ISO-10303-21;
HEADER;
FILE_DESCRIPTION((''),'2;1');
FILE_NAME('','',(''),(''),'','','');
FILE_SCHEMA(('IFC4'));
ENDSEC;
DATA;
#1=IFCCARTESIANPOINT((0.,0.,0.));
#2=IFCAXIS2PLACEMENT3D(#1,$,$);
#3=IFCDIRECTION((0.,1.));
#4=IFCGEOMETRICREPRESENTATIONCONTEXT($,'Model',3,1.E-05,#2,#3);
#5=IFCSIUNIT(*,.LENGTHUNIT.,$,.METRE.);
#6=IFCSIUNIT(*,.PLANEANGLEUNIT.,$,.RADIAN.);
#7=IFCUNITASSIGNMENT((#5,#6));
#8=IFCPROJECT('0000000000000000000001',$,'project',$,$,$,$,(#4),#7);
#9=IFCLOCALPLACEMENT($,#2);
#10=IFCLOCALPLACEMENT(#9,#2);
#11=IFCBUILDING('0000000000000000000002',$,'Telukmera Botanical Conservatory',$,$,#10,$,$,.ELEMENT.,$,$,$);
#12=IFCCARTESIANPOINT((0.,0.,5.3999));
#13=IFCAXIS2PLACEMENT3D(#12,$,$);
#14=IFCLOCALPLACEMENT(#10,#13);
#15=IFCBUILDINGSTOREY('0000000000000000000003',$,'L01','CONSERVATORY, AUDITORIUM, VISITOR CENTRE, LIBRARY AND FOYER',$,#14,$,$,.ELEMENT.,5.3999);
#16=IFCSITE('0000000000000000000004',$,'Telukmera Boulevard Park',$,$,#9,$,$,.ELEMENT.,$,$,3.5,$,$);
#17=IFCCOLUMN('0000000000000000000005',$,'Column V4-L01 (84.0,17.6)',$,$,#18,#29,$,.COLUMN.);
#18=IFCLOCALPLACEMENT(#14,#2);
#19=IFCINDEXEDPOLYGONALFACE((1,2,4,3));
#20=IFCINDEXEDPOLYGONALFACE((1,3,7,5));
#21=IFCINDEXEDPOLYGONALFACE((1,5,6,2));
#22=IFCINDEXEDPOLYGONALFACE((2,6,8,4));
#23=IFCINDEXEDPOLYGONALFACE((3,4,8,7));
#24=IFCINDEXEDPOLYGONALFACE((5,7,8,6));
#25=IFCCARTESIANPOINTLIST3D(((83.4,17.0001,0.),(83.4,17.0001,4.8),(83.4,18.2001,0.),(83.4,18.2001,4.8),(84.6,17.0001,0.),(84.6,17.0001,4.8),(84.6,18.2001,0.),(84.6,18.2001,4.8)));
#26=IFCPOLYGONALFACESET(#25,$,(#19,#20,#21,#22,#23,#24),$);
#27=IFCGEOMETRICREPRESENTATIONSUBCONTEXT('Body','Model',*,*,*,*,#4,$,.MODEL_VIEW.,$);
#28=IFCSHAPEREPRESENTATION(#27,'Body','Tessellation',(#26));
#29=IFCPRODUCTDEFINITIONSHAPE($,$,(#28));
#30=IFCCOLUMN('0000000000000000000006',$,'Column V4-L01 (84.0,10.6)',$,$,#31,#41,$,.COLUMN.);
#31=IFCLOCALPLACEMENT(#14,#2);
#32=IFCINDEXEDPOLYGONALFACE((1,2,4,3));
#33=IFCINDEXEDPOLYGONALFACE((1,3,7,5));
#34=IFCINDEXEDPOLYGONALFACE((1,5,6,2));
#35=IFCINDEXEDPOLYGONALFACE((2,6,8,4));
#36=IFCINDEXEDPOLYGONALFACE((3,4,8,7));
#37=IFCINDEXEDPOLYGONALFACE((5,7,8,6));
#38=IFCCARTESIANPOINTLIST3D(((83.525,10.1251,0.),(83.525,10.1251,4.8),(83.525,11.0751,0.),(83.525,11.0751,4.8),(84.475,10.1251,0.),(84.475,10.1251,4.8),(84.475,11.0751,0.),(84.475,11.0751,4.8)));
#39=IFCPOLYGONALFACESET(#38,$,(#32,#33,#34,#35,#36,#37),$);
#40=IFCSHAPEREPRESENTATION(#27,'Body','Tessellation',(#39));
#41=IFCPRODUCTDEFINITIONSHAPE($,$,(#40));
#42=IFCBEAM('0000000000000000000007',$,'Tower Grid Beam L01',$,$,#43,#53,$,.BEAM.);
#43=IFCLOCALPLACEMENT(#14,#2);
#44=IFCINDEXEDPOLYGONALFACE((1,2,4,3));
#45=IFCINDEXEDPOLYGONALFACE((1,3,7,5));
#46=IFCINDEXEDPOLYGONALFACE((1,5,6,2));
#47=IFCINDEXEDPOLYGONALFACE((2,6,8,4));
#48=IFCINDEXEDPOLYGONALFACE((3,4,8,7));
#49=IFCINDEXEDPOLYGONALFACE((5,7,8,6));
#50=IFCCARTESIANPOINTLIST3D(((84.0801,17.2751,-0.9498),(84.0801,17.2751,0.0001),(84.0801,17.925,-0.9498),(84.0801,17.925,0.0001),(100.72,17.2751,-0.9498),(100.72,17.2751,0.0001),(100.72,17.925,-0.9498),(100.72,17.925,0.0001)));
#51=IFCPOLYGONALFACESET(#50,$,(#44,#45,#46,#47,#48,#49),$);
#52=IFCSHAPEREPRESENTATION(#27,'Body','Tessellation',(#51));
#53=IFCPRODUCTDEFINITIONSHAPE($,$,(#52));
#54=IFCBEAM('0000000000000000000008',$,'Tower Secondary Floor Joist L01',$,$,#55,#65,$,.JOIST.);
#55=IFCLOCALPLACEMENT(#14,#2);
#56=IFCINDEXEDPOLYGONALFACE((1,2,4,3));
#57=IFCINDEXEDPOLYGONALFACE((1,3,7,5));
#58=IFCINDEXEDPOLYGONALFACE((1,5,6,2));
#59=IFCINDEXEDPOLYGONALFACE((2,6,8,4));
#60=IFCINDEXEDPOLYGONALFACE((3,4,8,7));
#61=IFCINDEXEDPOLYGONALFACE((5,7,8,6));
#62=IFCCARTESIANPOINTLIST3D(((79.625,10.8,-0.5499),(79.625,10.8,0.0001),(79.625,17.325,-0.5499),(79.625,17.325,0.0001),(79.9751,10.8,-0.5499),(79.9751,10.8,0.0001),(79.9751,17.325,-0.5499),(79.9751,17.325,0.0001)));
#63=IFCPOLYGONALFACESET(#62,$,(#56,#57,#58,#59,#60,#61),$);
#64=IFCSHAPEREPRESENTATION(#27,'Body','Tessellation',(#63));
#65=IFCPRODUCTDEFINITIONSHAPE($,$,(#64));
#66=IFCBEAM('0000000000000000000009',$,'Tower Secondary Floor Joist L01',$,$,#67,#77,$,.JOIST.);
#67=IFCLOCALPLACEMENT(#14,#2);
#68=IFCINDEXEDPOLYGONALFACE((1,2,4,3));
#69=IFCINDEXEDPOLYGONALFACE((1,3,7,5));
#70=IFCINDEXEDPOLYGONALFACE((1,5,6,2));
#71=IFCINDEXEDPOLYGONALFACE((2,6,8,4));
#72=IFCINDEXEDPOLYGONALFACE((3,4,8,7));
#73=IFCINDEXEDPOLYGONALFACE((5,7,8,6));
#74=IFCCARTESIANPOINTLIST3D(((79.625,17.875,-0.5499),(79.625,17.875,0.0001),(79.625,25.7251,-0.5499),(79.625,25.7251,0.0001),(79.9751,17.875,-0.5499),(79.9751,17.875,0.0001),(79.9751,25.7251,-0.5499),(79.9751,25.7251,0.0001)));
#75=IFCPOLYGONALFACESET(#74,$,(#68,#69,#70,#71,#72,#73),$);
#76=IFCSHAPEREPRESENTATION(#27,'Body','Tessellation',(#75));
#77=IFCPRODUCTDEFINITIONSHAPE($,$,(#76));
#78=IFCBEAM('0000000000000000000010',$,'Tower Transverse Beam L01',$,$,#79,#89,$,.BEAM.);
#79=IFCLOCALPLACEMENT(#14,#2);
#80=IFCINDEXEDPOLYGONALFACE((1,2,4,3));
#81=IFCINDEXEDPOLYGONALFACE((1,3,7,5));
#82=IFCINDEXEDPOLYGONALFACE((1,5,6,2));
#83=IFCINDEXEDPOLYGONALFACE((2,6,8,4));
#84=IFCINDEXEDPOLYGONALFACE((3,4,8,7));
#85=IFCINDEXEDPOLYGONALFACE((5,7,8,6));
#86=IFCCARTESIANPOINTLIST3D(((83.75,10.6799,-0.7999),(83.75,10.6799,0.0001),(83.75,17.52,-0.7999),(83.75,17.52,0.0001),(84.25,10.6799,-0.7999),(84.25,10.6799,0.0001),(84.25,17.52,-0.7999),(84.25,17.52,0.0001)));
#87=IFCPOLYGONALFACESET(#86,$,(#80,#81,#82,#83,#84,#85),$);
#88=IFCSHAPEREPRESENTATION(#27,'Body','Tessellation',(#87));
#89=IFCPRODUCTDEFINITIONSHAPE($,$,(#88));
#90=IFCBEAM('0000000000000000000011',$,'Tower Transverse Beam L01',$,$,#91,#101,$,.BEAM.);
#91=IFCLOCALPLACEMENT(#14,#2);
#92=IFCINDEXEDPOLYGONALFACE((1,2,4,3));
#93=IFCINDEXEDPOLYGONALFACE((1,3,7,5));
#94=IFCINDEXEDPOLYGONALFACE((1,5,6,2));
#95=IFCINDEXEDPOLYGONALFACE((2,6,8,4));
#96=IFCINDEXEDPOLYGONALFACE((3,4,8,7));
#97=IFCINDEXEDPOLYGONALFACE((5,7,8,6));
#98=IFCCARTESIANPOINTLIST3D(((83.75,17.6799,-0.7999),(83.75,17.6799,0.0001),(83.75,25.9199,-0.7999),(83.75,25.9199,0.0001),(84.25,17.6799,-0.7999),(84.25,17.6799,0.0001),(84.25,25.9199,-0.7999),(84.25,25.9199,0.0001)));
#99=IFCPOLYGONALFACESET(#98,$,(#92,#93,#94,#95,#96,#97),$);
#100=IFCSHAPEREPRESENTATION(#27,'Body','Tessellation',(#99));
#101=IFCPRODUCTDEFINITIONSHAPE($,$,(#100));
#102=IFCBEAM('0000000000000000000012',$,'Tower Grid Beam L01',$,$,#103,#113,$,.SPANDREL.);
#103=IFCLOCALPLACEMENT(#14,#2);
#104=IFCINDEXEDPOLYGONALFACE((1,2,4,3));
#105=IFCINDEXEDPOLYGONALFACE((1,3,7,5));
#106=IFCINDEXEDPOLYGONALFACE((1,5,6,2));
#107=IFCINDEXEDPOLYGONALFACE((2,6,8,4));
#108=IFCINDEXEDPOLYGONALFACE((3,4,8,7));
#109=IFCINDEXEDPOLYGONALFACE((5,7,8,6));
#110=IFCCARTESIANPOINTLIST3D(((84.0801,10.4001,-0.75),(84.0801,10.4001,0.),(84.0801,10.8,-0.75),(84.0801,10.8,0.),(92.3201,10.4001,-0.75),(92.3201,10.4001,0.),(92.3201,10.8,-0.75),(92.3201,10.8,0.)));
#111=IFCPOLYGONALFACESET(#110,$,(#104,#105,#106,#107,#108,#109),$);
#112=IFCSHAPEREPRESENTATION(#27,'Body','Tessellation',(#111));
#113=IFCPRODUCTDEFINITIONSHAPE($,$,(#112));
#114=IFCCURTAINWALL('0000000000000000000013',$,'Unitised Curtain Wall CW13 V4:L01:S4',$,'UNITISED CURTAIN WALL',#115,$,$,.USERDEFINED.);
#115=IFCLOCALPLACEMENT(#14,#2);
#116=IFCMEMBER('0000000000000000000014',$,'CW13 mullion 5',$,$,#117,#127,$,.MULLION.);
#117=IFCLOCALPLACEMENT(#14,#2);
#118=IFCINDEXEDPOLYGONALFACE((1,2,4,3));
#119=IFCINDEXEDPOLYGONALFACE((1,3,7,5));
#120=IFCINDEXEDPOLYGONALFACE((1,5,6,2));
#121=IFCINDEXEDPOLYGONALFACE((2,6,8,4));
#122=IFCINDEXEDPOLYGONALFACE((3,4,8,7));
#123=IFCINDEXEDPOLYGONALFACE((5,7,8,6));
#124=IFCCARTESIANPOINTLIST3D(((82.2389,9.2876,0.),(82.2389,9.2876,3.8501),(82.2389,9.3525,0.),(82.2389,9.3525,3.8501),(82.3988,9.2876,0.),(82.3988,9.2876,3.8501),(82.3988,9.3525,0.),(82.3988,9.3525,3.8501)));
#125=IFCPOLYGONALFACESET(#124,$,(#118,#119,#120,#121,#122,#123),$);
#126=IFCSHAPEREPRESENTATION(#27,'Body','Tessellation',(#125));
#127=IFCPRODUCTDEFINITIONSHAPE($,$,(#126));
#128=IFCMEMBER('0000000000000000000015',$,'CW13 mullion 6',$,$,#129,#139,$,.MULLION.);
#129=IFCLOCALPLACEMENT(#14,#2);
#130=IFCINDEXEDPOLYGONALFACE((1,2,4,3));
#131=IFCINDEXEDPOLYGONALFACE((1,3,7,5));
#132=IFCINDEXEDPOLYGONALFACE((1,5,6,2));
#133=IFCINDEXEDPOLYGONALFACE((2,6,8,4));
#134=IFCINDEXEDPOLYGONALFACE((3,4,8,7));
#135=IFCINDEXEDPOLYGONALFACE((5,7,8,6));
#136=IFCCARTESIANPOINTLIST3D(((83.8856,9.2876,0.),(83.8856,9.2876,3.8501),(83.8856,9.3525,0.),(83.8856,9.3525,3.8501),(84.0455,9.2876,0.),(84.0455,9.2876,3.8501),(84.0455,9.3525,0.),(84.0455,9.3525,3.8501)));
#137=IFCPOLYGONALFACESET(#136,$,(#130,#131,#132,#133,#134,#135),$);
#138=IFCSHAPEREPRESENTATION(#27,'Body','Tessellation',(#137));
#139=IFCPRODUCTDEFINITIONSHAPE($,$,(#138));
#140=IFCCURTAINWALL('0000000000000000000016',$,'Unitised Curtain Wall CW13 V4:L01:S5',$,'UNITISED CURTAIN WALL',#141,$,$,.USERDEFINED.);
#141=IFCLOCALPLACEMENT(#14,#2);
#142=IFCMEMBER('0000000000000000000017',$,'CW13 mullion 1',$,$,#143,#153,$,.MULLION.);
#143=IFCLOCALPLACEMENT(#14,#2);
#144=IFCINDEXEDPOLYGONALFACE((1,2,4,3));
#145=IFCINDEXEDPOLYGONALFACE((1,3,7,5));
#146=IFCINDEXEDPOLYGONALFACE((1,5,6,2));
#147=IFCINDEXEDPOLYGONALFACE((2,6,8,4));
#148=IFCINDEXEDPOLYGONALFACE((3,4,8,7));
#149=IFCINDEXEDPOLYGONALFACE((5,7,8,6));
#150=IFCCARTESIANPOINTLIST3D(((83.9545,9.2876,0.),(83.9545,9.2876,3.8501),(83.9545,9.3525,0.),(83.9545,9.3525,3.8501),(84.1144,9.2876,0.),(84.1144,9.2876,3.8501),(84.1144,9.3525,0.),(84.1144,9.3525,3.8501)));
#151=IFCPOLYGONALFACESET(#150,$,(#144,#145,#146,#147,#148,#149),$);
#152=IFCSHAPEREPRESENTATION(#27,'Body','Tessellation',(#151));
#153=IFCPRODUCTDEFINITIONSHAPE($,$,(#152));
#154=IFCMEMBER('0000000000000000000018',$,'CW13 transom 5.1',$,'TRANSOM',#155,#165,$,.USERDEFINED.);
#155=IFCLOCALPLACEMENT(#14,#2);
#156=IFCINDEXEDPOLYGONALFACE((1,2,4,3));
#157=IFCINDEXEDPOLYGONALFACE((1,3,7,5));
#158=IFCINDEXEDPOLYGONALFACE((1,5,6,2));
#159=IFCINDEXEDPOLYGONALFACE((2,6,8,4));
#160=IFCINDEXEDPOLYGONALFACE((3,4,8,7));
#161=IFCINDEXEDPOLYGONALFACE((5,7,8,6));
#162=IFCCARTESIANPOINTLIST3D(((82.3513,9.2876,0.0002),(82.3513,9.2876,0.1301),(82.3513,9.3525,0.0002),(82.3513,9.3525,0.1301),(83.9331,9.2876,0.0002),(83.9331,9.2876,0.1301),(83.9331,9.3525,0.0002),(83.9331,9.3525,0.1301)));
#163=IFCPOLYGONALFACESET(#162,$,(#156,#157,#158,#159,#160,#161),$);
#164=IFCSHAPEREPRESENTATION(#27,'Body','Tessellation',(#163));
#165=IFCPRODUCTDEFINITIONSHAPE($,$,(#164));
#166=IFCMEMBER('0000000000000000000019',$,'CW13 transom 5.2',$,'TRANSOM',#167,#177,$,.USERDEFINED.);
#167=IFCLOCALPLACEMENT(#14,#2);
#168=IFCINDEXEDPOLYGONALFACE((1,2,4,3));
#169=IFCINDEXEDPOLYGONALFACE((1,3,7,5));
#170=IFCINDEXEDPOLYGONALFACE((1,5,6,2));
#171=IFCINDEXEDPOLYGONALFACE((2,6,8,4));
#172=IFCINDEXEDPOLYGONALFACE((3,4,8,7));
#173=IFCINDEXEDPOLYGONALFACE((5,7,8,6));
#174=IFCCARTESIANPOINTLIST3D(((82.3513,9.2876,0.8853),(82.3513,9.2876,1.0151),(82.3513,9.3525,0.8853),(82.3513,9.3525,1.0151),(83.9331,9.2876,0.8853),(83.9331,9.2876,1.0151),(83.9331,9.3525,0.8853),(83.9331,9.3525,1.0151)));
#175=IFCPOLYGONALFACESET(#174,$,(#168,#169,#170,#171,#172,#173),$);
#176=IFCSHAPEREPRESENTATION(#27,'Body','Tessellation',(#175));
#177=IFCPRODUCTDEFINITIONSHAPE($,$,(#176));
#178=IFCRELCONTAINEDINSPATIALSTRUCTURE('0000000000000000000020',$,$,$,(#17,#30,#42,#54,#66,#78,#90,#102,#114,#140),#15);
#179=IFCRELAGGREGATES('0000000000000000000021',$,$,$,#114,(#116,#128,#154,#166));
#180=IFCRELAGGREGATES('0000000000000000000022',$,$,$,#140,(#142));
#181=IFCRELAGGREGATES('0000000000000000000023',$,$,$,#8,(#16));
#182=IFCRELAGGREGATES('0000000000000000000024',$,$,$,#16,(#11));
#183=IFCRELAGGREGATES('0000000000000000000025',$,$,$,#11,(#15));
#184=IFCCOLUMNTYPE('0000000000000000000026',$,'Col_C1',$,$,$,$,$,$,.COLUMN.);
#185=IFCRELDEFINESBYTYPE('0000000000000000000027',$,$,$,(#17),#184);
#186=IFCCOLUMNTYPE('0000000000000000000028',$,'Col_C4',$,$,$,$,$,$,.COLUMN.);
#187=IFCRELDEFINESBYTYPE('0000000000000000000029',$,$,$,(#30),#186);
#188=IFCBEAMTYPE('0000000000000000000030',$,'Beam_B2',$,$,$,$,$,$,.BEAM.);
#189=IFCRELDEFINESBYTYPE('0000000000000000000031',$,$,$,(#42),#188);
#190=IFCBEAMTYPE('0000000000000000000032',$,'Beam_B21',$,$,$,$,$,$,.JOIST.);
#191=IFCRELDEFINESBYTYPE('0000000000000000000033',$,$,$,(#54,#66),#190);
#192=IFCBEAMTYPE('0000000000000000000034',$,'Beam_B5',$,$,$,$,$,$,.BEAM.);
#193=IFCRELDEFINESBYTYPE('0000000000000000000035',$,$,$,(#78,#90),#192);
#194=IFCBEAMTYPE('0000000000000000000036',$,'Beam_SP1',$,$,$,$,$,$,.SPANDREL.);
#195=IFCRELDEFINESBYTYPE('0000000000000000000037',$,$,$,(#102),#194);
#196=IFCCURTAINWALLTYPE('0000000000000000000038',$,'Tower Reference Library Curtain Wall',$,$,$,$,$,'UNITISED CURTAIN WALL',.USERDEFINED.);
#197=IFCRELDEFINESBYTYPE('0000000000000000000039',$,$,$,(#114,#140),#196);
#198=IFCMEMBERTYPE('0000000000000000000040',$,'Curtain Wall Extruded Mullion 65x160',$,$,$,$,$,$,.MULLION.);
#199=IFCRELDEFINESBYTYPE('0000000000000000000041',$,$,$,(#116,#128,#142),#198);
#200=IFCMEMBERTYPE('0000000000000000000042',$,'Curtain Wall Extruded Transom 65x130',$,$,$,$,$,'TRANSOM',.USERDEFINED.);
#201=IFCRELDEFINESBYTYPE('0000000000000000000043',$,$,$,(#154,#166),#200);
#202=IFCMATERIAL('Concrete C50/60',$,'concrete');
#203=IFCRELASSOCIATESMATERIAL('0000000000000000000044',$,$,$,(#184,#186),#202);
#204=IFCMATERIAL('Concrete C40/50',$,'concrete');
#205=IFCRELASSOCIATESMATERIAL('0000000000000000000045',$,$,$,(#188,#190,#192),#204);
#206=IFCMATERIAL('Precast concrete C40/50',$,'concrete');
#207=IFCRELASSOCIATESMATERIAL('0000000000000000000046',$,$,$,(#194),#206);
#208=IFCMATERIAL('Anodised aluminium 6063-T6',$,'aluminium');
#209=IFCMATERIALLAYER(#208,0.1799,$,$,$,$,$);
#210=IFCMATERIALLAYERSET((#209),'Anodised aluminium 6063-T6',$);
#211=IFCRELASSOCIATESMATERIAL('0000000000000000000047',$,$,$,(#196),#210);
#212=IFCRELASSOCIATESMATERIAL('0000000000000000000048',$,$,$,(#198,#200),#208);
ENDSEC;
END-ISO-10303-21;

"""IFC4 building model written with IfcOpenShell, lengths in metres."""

from ifc_helpers import new_model, si_unit, direction, frame, origin, origin_2d, place, context, subcontext, project, spatial, rectangle, extrude, material, layer, layer_set, material_profile, profile_set, type_object, element, aggregate, save


model = new_model("IFC4")

# Units and contexts
model_context = context("Model", 3, precision=1e-05, world=origin(), true_north=direction((0.0, 1.0)))
body_context = subcontext(model_context, "Body", "Model", "MODEL_VIEW")
ifc_project = project(units=[si_unit("LENGTHUNIT", "METRE"), si_unit("PLANEANGLEUNIT", "RADIAN")], contexts=[model_context])

# Site, building, storey
site_placement = place(None, origin())
site = spatial("IfcSite", under=ifc_project, at=site_placement, Name="Telukmera Boulevard Park", CompositionType="ELEMENT", RefElevation=3.5)
building_placement = place(site_placement, origin())
building = spatial("IfcBuilding", under=site, at=building_placement, Name="Telukmera Botanical Conservatory", CompositionType="ELEMENT")
storey_placement = place(building_placement, frame((0.0, 0.0, 5.3999)))
storey = spatial("IfcBuildingStorey", under=building, at=storey_placement, Name="L01", Description="CONSERVATORY, AUDITORIUM, VISITOR CENTRE, LIBRARY AND FOYER", CompositionType="ELEMENT", Elevation=5.3999)

# Columns
ifc_material_1 = material(Name="Concrete C50/60", Category="concrete")
ifc_material_profile_1 = material_profile(ifc_material_1, rectangle(XDim=1.2, YDim=1.2, at=origin_2d()), Name="RC 1200x1200")
ifc_profile_set_1 = profile_set([ifc_material_profile_1], Name="Concrete C50/60")
column_type_1 = type_object("IfcColumnType", Name="Col_C1", PredefinedType="COLUMN", material=ifc_profile_set_1)
column_1_placement = place(storey_placement, frame((84.0, 17.6001, 0.0), z_axis=(0.0, 0.0, 1.0), x_axis=(1.0, 0.0, 0.0)))
element("IfcColumn", 1, at=column_1_placement, inside=storey, type_object=column_type_1, Name="Column V4-L01 (84.0,17.6)", PredefinedType="COLUMN", context=body_context, shape_type="SweptSolid", body=[
    extrude(rectangle(XDim=1.2, YDim=1.2, at=origin_2d()), origin(), (0.0, 0.0, 1.0), 4.8),
])
ifc_material_profile_2 = material_profile(ifc_material_1, rectangle(XDim=0.95, YDim=0.95, at=origin_2d()), Name="RC 950x950")
ifc_profile_set_2 = profile_set([ifc_material_profile_2], Name="Concrete C50/60")
column_type_2 = type_object("IfcColumnType", Name="Col_C4", PredefinedType="COLUMN", material=ifc_profile_set_2)
column_2_placement = place(storey_placement, frame((84.0, 10.6001, 0.0), z_axis=(0.0, 0.0, 1.0), x_axis=(1.0, 0.0, 0.0)))
element("IfcColumn", 2, at=column_2_placement, inside=storey, type_object=column_type_2, Name="Column V4-L01 (84.0,10.6)", PredefinedType="COLUMN", context=body_context, shape_type="SweptSolid", body=[
    extrude(rectangle(XDim=0.95, YDim=0.95, at=origin_2d()), origin(), (0.0, 0.0, 1.0), 4.8),
])

# Beams
ifc_material_2 = material(Name="Concrete C40/50", Category="concrete")
ifc_material_profile_3 = material_profile(ifc_material_2, rectangle(XDim=0.6499, YDim=0.95, at=origin_2d()), Name="RC 650x950")
ifc_profile_set_3 = profile_set([ifc_material_profile_3], Name="Concrete C40/50")
beam_type_1 = type_object("IfcBeamType", Name="Beam_B2", PredefinedType="BEAM", material=ifc_profile_set_3)
beam_1_placement = place(storey_placement, frame((84.0801, 17.6001, -0.4749), z_axis=(1.0, 0.0, 0.0), x_axis=(0.0, 1.0, 0.0)))
element("IfcBeam", 3, at=beam_1_placement, inside=storey, type_object=beam_type_1, Name="Tower Grid Beam L01", PredefinedType="BEAM", context=body_context, shape_type="SweptSolid", body=[
    extrude(rectangle(XDim=0.6499, YDim=0.95, at=origin_2d()), origin(), (0.0, 0.0, 1.0), 16.6399),
])
ifc_material_profile_4 = material_profile(ifc_material_2, rectangle(XDim=0.3501, YDim=0.55, at=origin_2d()), Name="RC 350x550")
ifc_profile_set_4 = profile_set([ifc_material_profile_4], Name="Concrete C40/50")
beam_type_2 = type_object("IfcBeamType", Name="Beam_B21", PredefinedType="JOIST", material=ifc_profile_set_4)
beam_2_placement = place(storey_placement, frame((79.8, 10.8, -0.2749), z_axis=(0.0, 1.0, 0.0), x_axis=(-1.0, 0.0, 0.0)))
element("IfcBeam", 4, at=beam_2_placement, inside=storey, type_object=beam_type_2, Name="Tower Secondary Floor Joist L01", PredefinedType="JOIST", context=body_context, shape_type="SweptSolid", body=[
    extrude(rectangle(XDim=0.3501, YDim=0.55, at=origin_2d()), origin(), (0.0, 0.0, 1.0), 6.5249),
])
beam_3_placement = place(storey_placement, frame((79.8, 17.875, -0.2749), z_axis=(0.0, 1.0, 0.0), x_axis=(-1.0, 0.0, 0.0)))
element("IfcBeam", 5, at=beam_3_placement, inside=storey, type_object=beam_type_2, Name="Tower Secondary Floor Joist L01", PredefinedType="JOIST", context=body_context, shape_type="SweptSolid", body=[
    extrude(rectangle(XDim=0.3501, YDim=0.55, at=origin_2d()), origin(), (0.0, 0.0, 1.0), 7.8501),
])
ifc_material_profile_5 = material_profile(ifc_material_2, rectangle(XDim=0.5, YDim=0.8, at=origin_2d()), Name="RC 500x800")
ifc_profile_set_5 = profile_set([ifc_material_profile_5], Name="Concrete C40/50")
beam_type_3 = type_object("IfcBeamType", Name="Beam_B5", PredefinedType="BEAM", material=ifc_profile_set_5)
beam_4_placement = place(storey_placement, frame((84.0, 10.6799, -0.3999), z_axis=(0.0, 1.0, 0.0), x_axis=(-1.0, 0.0, 0.0)))
element("IfcBeam", 6, at=beam_4_placement, inside=storey, type_object=beam_type_3, Name="Tower Transverse Beam L01", PredefinedType="BEAM", context=body_context, shape_type="SweptSolid", body=[
    extrude(rectangle(XDim=0.5, YDim=0.8, at=origin_2d()), origin(), (0.0, 0.0, 1.0), 6.8401),
])
beam_5_placement = place(storey_placement, frame((84.0, 17.6799, -0.3999), z_axis=(0.0, 1.0, 0.0), x_axis=(-1.0, 0.0, 0.0)))
element("IfcBeam", 7, at=beam_5_placement, inside=storey, type_object=beam_type_3, Name="Tower Transverse Beam L01", PredefinedType="BEAM", context=body_context, shape_type="SweptSolid", body=[
    extrude(rectangle(XDim=0.5, YDim=0.8, at=origin_2d()), origin(), (0.0, 0.0, 1.0), 8.24),
])
ifc_material_3 = material(Name="Precast concrete C40/50", Category="concrete")
ifc_material_profile_6 = material_profile(ifc_material_3, rectangle(XDim=0.3999, YDim=0.75, at=origin_2d()), Name="PC 400x750")
ifc_profile_set_6 = profile_set([ifc_material_profile_6], Name="Precast concrete C40/50")
beam_type_4 = type_object("IfcBeamType", Name="Beam_SP1", PredefinedType="SPANDREL", material=ifc_profile_set_6)
beam_6_placement = place(storey_placement, frame((84.0801, 10.6001, -0.375), z_axis=(1.0, 0.0, 0.0), x_axis=(0.0, 1.0, 0.0)))
element("IfcBeam", 8, at=beam_6_placement, inside=storey, type_object=beam_type_4, Name="Tower Grid Beam L01", PredefinedType="SPANDREL", context=body_context, shape_type="SweptSolid", body=[
    extrude(rectangle(XDim=0.3999, YDim=0.75, at=origin_2d()), origin(), (0.0, 0.0, 1.0), 8.24),
])

# Curtain wall, members
ifc_material_4 = material(Name="Anodised aluminium 6063-T6", Category="aluminium")
ifc_layer_1 = layer(ifc_material_4, 0.1799)
ifc_layer_set_1 = layer_set([ifc_layer_1], Name="Anodised aluminium 6063-T6")
curtain_wall_type = type_object("IfcCurtainWallType", Name="Tower Reference Library Curtain Wall", ElementType="UNITISED CURTAIN WALL", PredefinedType="USERDEFINED", material=ifc_layer_set_1)
curtain_wall_1_placement = place(storey_placement, origin())
curtain_wall_1 = element("IfcCurtainWall", 9, at=curtain_wall_1_placement, inside=storey, type_object=curtain_wall_type, Name="Unitised Curtain Wall CW13 V4:L01:S4", ObjectType="UNITISED CURTAIN WALL", PredefinedType="USERDEFINED")
ifc_material_profile_7 = material_profile(ifc_material_4, rectangle(XDim=0.0649, YDim=0.1599, at=origin_2d()), Name="ALU MULL 65x160")
ifc_profile_set_7 = profile_set([ifc_material_profile_7], Name="Anodised aluminium 6063-T6")
member_type_1 = type_object("IfcMemberType", Name="Curtain Wall Extruded Mullion 65x160", PredefinedType="MULLION", material=ifc_profile_set_7)
member_1_placement = place(storey_placement, frame((82.3188, 9.3201, 0.0), z_axis=(0.0, 0.0, 1.0), x_axis=(0.0, 1.0, 0.0)))
member_1 = element("IfcMember", 10, at=member_1_placement, type_object=member_type_1, Name="CW13 mullion 5", PredefinedType="MULLION", context=body_context, shape_type="SweptSolid", body=[
    extrude(rectangle(XDim=0.0649, YDim=0.1599, at=origin_2d()), origin(), (0.0, 0.0, 1.0), 3.8501),
])
member_2_placement = place(storey_placement, frame((83.9656, 9.3201, 0.0), z_axis=(0.0, 0.0, 1.0), x_axis=(0.0, 1.0, 0.0)))
member_2 = element("IfcMember", 11, at=member_2_placement, type_object=member_type_1, Name="CW13 mullion 6", PredefinedType="MULLION", context=body_context, shape_type="SweptSolid", body=[
    extrude(rectangle(XDim=0.0649, YDim=0.1599, at=origin_2d()), origin(), (0.0, 0.0, 1.0), 3.8501),
])

# Curtain wall, member
curtain_wall_2_placement = place(storey_placement, origin())
curtain_wall_2 = element("IfcCurtainWall", 12, at=curtain_wall_2_placement, inside=storey, type_object=curtain_wall_type, Name="Unitised Curtain Wall CW13 V4:L01:S5", ObjectType="UNITISED CURTAIN WALL", PredefinedType="USERDEFINED")
member_3_placement = place(storey_placement, frame((84.0344, 9.3201, 0.0), z_axis=(0.0, 0.0, 1.0), x_axis=(0.0, 1.0, 0.0)))
member_3 = element("IfcMember", 13, at=member_3_placement, type_object=member_type_1, Name="CW13 mullion 1", PredefinedType="MULLION", context=body_context, shape_type="SweptSolid", body=[
    extrude(rectangle(XDim=0.0649, YDim=0.1599, at=origin_2d()), origin(), (0.0, 0.0, 1.0), 3.8501),
])

# Members
ifc_material_profile_8 = material_profile(ifc_material_4, rectangle(XDim=0.0649, YDim=0.1299, at=origin_2d()), Name="ALU TRAN 65x130")
ifc_profile_set_8 = profile_set([ifc_material_profile_8], Name="Anodised aluminium 6063-T6")
member_type_2 = type_object("IfcMemberType", Name="Curtain Wall Extruded Transom 65x130", ElementType="TRANSOM", PredefinedType="USERDEFINED", material=ifc_profile_set_8)
member_4_placement = place(storey_placement, frame((82.3513, 9.3201, 0.0652), z_axis=(1.0, 0.0, 0.0), x_axis=(0.0, 1.0, 0.0)))
member_4 = element("IfcMember", 14, at=member_4_placement, type_object=member_type_2, Name="CW13 transom 5.1", ObjectType="TRANSOM", PredefinedType="USERDEFINED", context=body_context, shape_type="SweptSolid", body=[
    extrude(rectangle(XDim=0.0649, YDim=0.1299, at=origin_2d()), origin(), (0.0, 0.0, 1.0), 1.5818),
])
member_5_placement = place(storey_placement, frame((82.3513, 9.3201, 0.9502), z_axis=(1.0, 0.0, 0.0), x_axis=(0.0, 1.0, 0.0)))
member_5 = element("IfcMember", 15, at=member_5_placement, type_object=member_type_2, Name="CW13 transom 5.2", ObjectType="TRANSOM", PredefinedType="USERDEFINED", context=body_context, shape_type="SweptSolid", body=[
    extrude(rectangle(XDim=0.0649, YDim=0.1299, at=origin_2d()), origin(), (0.0, 0.0, 1.0), 1.5818),
])

aggregate(curtain_wall_1, [member_1, member_2, member_4, member_5])
aggregate(curtain_wall_2, [member_3])

save(model, "model.ifc")
